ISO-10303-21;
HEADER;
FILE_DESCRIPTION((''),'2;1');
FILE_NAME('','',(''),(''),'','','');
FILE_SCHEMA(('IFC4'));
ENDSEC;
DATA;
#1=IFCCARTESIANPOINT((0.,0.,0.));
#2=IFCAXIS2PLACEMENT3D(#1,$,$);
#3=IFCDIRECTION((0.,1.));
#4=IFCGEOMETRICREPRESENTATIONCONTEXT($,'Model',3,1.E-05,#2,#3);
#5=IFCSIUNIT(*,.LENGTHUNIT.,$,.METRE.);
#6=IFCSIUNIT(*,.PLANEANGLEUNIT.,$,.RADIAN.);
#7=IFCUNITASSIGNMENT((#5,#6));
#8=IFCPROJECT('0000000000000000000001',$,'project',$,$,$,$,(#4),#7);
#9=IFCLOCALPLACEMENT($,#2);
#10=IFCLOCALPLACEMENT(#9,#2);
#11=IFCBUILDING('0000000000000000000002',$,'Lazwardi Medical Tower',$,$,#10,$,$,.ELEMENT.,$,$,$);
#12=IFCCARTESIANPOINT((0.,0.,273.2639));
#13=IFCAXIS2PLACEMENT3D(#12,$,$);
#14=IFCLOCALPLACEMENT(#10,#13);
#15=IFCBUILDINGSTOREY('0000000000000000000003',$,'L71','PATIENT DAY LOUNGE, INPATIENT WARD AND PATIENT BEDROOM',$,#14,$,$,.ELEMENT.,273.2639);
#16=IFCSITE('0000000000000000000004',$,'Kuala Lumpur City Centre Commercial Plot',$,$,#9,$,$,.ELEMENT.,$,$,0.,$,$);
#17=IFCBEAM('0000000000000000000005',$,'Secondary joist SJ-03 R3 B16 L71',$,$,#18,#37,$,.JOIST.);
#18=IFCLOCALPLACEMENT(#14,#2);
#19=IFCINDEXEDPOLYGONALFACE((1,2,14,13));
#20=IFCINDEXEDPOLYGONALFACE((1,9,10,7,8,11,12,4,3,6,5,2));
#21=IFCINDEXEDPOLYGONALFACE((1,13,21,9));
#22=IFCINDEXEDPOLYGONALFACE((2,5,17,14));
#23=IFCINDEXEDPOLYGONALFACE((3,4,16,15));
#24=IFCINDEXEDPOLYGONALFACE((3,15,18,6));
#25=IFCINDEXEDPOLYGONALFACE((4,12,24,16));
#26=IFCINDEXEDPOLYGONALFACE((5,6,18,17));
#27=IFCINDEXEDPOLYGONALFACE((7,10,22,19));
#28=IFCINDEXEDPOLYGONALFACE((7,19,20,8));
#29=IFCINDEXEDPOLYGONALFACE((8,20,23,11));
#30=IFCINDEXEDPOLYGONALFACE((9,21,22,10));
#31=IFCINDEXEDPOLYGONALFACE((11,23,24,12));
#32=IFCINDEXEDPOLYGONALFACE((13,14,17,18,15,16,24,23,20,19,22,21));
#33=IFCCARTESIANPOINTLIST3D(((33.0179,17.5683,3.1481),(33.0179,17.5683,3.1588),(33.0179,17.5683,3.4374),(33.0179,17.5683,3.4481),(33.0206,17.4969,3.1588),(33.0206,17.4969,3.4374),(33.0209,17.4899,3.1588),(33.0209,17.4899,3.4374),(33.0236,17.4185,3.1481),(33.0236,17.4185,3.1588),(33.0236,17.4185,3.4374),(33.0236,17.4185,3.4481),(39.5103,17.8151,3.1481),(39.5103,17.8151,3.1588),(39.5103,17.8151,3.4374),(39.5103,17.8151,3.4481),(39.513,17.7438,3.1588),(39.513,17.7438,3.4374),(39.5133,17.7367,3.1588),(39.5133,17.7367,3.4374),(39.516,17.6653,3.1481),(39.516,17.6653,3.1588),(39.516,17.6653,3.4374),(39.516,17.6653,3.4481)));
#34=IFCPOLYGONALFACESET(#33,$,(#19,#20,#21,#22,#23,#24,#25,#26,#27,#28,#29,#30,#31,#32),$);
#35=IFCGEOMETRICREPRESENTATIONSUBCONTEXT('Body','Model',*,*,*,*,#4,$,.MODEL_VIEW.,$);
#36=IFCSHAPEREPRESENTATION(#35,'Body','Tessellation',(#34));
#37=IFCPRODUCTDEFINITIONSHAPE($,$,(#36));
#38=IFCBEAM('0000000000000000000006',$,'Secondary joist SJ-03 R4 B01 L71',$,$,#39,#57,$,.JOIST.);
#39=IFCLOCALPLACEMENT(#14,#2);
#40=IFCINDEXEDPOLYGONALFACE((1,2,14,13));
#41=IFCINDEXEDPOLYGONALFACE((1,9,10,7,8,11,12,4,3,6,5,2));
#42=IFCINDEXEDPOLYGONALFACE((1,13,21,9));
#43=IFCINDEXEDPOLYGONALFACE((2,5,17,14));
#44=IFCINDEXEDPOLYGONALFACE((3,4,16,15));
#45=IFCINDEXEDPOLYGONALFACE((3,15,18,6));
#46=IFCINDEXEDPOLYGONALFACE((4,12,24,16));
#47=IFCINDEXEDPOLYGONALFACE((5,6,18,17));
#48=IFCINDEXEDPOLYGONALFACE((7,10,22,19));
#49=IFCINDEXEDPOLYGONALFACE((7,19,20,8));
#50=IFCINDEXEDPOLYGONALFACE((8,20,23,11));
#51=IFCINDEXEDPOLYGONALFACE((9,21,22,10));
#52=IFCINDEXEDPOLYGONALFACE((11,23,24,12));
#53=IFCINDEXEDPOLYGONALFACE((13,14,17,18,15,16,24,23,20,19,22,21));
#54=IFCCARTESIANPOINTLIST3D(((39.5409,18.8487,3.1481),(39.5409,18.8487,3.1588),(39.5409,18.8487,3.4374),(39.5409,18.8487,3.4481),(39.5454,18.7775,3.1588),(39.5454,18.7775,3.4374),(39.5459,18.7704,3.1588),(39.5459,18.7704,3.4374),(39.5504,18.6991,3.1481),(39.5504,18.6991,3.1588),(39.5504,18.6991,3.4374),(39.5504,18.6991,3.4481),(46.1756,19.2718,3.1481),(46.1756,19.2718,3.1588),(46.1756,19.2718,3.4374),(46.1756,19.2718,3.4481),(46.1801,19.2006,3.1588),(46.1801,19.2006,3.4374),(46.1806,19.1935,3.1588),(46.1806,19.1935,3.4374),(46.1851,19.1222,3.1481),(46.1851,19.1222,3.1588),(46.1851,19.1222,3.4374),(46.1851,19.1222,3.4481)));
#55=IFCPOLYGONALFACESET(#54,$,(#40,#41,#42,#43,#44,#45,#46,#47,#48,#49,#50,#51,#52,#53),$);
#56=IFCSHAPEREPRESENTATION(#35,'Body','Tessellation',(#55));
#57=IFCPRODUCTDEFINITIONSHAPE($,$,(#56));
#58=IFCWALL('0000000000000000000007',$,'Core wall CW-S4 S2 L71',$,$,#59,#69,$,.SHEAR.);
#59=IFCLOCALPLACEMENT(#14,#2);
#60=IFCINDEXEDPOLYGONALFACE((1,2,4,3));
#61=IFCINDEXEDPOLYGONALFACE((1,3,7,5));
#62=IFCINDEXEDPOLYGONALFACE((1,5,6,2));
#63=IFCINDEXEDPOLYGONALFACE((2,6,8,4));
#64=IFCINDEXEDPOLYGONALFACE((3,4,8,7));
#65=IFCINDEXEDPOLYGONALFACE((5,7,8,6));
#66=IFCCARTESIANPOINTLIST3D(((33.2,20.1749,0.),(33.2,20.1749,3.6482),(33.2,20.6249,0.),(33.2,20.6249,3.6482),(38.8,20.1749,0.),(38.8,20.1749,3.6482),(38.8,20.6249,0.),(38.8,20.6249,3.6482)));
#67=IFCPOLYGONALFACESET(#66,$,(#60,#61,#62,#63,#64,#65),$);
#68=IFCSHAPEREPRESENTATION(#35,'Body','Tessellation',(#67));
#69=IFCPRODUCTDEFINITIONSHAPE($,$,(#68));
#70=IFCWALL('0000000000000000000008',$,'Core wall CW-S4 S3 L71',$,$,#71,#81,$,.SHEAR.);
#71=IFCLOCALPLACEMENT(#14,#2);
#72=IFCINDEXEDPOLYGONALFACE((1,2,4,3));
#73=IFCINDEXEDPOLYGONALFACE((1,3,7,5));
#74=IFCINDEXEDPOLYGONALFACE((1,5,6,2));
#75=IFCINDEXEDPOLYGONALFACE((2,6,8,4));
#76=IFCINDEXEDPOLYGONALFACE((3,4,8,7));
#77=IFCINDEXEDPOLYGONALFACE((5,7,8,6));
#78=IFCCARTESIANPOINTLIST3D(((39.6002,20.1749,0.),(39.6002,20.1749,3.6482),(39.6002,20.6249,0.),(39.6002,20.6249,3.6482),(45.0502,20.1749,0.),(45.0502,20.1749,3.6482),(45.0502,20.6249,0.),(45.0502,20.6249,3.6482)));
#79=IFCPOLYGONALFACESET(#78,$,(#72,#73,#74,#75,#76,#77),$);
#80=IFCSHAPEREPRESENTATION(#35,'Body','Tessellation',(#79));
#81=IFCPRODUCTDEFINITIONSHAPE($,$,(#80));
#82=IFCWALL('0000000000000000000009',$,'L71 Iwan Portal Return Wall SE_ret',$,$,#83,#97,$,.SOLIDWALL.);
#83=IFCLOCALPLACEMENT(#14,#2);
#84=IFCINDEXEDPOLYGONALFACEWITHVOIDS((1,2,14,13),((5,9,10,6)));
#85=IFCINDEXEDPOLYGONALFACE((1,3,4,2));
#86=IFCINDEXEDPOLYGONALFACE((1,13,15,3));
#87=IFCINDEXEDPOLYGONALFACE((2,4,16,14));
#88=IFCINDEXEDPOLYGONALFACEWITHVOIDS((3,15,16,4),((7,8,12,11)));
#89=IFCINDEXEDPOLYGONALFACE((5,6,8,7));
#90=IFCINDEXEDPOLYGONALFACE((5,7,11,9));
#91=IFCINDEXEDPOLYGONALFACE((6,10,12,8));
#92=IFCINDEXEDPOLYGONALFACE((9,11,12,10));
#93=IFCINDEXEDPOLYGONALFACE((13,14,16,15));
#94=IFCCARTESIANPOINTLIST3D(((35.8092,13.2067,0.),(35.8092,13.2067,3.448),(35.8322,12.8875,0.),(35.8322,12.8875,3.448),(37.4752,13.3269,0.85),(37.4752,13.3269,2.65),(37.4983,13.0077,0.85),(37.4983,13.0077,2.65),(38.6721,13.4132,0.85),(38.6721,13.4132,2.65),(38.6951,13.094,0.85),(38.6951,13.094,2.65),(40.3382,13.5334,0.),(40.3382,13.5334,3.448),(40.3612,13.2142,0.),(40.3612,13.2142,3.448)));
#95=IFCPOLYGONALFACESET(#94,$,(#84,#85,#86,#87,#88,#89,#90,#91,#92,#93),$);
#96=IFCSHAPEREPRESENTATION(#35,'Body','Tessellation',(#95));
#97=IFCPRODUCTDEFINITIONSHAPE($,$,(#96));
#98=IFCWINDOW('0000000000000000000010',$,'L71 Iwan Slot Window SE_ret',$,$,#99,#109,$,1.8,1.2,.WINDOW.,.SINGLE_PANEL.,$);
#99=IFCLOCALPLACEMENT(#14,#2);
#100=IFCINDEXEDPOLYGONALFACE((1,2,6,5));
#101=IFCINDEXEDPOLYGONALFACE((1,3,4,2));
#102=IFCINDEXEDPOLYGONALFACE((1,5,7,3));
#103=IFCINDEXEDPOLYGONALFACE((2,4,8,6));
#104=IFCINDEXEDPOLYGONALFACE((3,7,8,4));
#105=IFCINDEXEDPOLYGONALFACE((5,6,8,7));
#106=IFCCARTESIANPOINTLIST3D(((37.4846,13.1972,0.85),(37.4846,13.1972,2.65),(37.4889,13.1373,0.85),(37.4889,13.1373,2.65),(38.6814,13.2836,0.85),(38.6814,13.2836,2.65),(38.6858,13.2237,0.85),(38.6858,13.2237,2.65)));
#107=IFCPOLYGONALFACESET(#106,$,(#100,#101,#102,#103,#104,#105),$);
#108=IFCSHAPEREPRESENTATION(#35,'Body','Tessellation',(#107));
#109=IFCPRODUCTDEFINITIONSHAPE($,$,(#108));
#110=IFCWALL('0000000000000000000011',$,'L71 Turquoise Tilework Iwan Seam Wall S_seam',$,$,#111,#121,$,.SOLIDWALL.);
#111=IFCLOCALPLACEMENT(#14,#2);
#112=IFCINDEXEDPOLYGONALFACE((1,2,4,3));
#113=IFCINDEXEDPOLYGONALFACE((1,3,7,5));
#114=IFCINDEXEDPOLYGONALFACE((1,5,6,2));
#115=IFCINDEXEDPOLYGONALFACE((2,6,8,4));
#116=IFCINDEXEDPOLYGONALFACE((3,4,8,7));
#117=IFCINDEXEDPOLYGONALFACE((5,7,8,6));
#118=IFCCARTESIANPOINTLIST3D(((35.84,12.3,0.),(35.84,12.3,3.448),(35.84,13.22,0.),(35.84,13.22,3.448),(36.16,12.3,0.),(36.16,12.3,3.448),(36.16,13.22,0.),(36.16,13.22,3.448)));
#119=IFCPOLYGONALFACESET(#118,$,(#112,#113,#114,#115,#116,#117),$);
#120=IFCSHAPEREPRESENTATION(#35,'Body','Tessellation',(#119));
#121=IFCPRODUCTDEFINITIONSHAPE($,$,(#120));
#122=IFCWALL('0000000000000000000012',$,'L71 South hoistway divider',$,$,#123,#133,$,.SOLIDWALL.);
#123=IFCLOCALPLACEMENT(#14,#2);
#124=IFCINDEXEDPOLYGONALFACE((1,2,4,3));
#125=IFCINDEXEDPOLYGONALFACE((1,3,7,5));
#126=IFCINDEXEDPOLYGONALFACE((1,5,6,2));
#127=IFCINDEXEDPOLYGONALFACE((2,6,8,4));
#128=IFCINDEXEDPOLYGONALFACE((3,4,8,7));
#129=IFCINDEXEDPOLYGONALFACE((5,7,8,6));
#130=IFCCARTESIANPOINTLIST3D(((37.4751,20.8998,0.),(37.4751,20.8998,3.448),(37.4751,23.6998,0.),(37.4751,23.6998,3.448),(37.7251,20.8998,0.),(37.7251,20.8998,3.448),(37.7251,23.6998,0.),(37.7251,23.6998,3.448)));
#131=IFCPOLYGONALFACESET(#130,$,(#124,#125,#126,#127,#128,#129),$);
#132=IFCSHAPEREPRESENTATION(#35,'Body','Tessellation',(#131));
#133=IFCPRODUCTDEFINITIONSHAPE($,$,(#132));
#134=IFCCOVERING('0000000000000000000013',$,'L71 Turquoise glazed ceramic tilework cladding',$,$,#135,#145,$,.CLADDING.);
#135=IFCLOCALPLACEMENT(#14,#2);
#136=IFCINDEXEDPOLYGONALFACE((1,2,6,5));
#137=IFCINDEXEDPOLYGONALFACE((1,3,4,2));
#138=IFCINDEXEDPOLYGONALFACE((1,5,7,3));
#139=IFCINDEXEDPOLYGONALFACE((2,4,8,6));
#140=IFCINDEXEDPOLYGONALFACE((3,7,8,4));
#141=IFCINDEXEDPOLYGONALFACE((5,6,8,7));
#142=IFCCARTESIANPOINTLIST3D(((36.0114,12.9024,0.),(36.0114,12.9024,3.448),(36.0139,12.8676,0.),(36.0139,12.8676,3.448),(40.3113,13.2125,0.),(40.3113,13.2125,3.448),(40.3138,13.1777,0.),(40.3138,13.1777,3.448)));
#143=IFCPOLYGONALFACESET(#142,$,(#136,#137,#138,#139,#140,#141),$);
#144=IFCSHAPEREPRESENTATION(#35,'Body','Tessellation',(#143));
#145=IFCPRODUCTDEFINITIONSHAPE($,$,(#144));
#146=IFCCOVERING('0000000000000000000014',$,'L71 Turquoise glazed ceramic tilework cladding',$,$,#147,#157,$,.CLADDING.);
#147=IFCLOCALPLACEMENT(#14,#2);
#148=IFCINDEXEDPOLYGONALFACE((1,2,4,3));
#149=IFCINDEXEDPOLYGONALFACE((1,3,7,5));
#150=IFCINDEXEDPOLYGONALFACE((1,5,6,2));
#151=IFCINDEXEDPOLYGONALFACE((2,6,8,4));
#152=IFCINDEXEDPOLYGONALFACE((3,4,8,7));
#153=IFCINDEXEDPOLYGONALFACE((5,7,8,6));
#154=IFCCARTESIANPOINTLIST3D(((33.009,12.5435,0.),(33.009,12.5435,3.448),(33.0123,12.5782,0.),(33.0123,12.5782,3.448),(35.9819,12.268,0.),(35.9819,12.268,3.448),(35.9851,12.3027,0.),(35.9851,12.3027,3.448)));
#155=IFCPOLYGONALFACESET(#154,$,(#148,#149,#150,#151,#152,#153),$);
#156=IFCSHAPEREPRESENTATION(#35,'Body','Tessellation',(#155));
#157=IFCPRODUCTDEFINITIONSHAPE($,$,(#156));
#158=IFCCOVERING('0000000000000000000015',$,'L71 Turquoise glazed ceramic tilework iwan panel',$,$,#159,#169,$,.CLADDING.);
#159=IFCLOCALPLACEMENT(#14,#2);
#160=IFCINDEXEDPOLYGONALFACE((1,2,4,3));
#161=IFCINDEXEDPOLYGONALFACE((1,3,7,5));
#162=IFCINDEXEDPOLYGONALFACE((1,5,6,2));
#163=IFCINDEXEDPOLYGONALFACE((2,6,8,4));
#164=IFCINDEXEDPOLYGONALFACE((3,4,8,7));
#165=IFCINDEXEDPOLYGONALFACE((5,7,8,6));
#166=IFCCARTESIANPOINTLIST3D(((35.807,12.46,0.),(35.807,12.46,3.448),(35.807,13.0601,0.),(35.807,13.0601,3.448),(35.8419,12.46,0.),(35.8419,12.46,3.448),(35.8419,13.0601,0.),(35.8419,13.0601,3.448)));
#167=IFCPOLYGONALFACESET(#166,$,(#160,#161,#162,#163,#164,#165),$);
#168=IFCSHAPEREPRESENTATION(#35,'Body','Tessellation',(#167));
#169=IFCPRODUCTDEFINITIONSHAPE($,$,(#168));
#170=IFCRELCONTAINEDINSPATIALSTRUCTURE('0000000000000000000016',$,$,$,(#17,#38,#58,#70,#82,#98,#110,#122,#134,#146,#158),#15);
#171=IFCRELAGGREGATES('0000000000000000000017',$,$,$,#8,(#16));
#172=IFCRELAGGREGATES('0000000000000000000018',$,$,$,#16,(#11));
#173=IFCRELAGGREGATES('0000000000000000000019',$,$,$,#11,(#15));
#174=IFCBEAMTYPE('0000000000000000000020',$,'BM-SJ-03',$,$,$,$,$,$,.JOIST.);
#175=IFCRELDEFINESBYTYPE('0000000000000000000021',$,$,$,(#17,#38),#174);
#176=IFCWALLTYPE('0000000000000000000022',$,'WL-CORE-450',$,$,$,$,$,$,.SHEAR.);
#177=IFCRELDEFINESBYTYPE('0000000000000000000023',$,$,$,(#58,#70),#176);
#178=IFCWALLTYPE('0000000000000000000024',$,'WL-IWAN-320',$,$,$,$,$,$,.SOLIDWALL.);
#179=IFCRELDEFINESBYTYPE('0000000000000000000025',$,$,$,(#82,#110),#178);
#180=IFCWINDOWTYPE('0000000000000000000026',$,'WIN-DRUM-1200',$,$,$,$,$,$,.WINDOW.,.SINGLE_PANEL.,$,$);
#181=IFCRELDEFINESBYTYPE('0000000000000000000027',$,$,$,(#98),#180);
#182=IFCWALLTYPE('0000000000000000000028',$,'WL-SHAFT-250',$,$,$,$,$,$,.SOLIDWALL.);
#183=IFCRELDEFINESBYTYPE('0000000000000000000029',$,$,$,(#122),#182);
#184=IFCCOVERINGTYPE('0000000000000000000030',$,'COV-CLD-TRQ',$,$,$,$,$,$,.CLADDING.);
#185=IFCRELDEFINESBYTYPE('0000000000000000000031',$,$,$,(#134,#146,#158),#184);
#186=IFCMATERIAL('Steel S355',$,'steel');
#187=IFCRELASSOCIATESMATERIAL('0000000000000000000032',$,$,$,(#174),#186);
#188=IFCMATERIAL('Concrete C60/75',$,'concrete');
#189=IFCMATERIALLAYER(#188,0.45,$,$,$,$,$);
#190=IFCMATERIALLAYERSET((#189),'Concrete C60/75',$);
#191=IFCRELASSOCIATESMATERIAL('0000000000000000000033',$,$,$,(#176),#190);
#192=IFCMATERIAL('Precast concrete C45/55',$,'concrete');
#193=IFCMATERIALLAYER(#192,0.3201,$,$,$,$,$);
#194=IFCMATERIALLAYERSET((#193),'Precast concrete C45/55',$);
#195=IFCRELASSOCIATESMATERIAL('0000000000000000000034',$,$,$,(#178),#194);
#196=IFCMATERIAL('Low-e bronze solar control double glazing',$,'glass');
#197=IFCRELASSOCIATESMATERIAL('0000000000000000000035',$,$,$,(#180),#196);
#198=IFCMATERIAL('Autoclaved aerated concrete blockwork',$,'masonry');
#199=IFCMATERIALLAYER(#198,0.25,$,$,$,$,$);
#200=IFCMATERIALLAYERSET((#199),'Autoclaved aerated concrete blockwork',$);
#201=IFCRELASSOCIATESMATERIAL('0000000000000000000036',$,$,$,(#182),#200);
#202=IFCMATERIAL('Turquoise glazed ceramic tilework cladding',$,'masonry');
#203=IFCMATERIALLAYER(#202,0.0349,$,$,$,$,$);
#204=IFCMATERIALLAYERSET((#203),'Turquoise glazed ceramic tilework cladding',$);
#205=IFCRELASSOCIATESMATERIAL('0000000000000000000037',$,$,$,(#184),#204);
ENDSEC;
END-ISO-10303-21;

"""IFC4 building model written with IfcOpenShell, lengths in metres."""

from ifc_helpers import new_model, si_unit, direction, frame, frame_2d, origin, origin_2d, place, context, subcontext, project, spatial, rectangle, i_section, extrude, material, layer, layer_set, material_profile, profile_set, type_object, element, fill, save


model = new_model("IFC4")

# Units and contexts
model_context = context("Model", 3, precision=1e-05, world=origin(), true_north=direction((0.0, 1.0)))
body_context = subcontext(model_context, "Body", "Model", "MODEL_VIEW")
ifc_project = project(units=[si_unit("LENGTHUNIT", "METRE"), si_unit("PLANEANGLEUNIT", "RADIAN")], contexts=[model_context])

# Site, building, storey
site_placement = place(None, origin())
site = spatial("IfcSite", under=ifc_project, at=site_placement, Name="Kuala Lumpur City Centre Commercial Plot", CompositionType="ELEMENT", RefElevation=0.0)
building_placement = place(site_placement, origin())
building = spatial("IfcBuilding", under=site, at=building_placement, Name="Lazwardi Medical Tower", CompositionType="ELEMENT")
storey_placement = place(building_placement, frame((0.0, 0.0, 273.2639)))
storey = spatial("IfcBuildingStorey", under=building, at=storey_placement, Name="L71", Description="PATIENT DAY LOUNGE, INPATIENT WARD AND PATIENT BEDROOM", CompositionType="ELEMENT", Elevation=273.2639)

# Shared definitions
ifc_material_1 = material(Name="Concrete C60/75", Category="concrete")

# Beams
ifc_material_2 = material(Name="Steel S355", Category="steel")
ifc_material_profile_1 = material_profile(ifc_material_2, i_section(OverallWidth=0.1499, OverallDepth=0.3, WebThickness=0.0071, FlangeThickness=0.0107, at=origin_2d()), Name="IPE 300")
ifc_profile_set_1 = profile_set([ifc_material_profile_1], Name="Steel S355")
beam_type_1 = type_object("IfcBeamType", Name="BM-SJ-03", PredefinedType="JOIST", material=ifc_profile_set_1)
beam_1_placement = place(storey_placement, frame((33.0208, 17.4934, 3.2981), z_axis=(0.999278, 0.03799, 0.0), x_axis=(-0.03799, 0.999278, 0.0)))
element("IfcBeam", 1, at=beam_1_placement, inside=storey, type_object=beam_type_1, Name="Secondary joist SJ-03 R3 B16 L71", PredefinedType="JOIST", context=body_context, shape_type="SweptSolid", body=[
    extrude(i_section(OverallWidth=0.1499, OverallDepth=0.3, WebThickness=0.0071, FlangeThickness=0.0107, at=origin_2d()), origin(), (0.0, 0.0, 1.0), 6.4971),
])
beam_2_placement = place(storey_placement, frame((39.5457, 18.7739, 3.2981), z_axis=(0.997973, 0.06364, 0.0), x_axis=(-0.06364, 0.997973, 0.0)))
element("IfcBeam", 2, at=beam_2_placement, inside=storey, type_object=beam_type_1, Name="Secondary joist SJ-03 R4 B01 L71", PredefinedType="JOIST", context=body_context, shape_type="SweptSolid", body=[
    extrude(i_section(OverallWidth=0.1499, OverallDepth=0.3, WebThickness=0.0071, FlangeThickness=0.0107, at=origin_2d()), origin(), (0.0, 0.0, 1.0), 6.6482),
])

# Walls
ifc_layer_1 = layer(ifc_material_1, 0.45)
ifc_layer_set_1 = layer_set([ifc_layer_1], Name="Concrete C60/75")
wall_type_1 = type_object("IfcWallType", Name="WL-CORE-450", PredefinedType="SHEAR", material=ifc_layer_set_1)
wall_1_placement = place(storey_placement, frame((33.2, 20.3999, 0.0), z_axis=(0.0, 0.0, 1.0), x_axis=(1.0, 0.0, 0.0)))
element("IfcWall", 3, at=wall_1_placement, inside=storey, type_object=wall_type_1, Name="Core wall CW-S4 S2 L71", PredefinedType="SHEAR", context=body_context, shape_type="SweptSolid", body=[
    extrude(rectangle(XDim=5.6001, YDim=0.45, at=frame_2d((2.8, 0.0))), origin(), (0.0, 0.0, 1.0), 3.6482),
])
wall_2_placement = place(storey_placement, frame((39.6001, 20.3999, 0.0), z_axis=(0.0, 0.0, 1.0), x_axis=(1.0, 0.0, 0.0)))
element("IfcWall", 4, at=wall_2_placement, inside=storey, type_object=wall_type_1, Name="Core wall CW-S4 S3 L71", PredefinedType="SHEAR", context=body_context, shape_type="SweptSolid", body=[
    extrude(rectangle(XDim=5.45, YDim=0.45, at=frame_2d((2.7251, 0.0))), origin(), (0.0, 0.0, 1.0), 3.6482),
])

# Wall, opening, window
ifc_material_3 = material(Name="Precast concrete C45/55", Category="concrete")
ifc_layer_2 = layer(ifc_material_3, 0.3201)
ifc_layer_set_2 = layer_set([ifc_layer_2], Name="Precast concrete C45/55")
wall_type_2 = type_object("IfcWallType", Name="WL-IWAN-320", PredefinedType="SOLIDWALL", material=ifc_layer_set_2)
wall_3_placement = place(storey_placement, frame((35.8206, 13.0471, 0.0), z_axis=(0.0, 0.0, 1.0), x_axis=(0.997409, 0.071939, 0.0)))
wall_3 = element("IfcWall", 5, at=wall_3_placement, inside=storey, type_object=wall_type_2, Name="L71 Iwan Portal Return Wall SE_ret", PredefinedType="SOLIDWALL", context=body_context, shape_type="SweptSolid", body=[
    extrude(rectangle(XDim=4.5408, YDim=0.3201, at=frame_2d((2.2705, 0.0))), origin(), (0.0, 0.0, 1.0), 3.448),
])
opening_placement = place(wall_3_placement, frame((1.6704, 0.0, 0.8501)))
opening = element("IfcOpeningElement", 6, at=opening_placement, cuts=wall_3, PredefinedType="OPENING", context=body_context, shape_type="SweptSolid", body=[
    extrude(rectangle(XDim=1.2, YDim=1.8, at=frame_2d((0.6001, 0.8999))), frame((0.0, 0.1699, 0.0), z_axis=(0.0, -1.0, 0.0), x_axis=(1.0, 0.0, 0.0)), (0.0, 0.0, 1.0), 0.3401),
])
ifc_material_4 = material(Name="Low-e bronze solar control double glazing", Category="glass")
window_type = type_object("IfcWindowType", Name="WIN-DRUM-1200", PartitioningType="SINGLE_PANEL", PredefinedType="WINDOW", material=ifc_material_4)
window_placement = place(opening_placement, origin())
window = element("IfcWindow", 7, at=window_placement, inside=storey, type_object=window_type, Name="L71 Iwan Slot Window SE_ret", OverallHeight=1.8, OverallWidth=1.2, PartitioningType="SINGLE_PANEL", PredefinedType="WINDOW", context=body_context, shape_type="SweptSolid", body=[
    extrude(rectangle(XDim=1.2, YDim=1.8, at=frame_2d((0.6001, 0.8999))), frame((0.0, 0.03, 0.0), z_axis=(0.0, -1.0, 0.0), x_axis=(1.0, 0.0, 0.0)), (0.0, 0.0, 1.0), 0.0601),
])
fill(opening, window)

# Walls
wall_4_placement = place(storey_placement, frame((36.0, 12.3, 0.0), z_axis=(0.0, 0.0, 1.0), x_axis=(0.0, 1.0, 0.0)))
element("IfcWall", 8, at=wall_4_placement, inside=storey, type_object=wall_type_2, Name="L71 Turquoise Tilework Iwan Seam Wall S_seam", PredefinedType="SOLIDWALL", context=body_context, shape_type="SweptSolid", body=[
    extrude(rectangle(XDim=0.9199, YDim=0.3201, at=frame_2d((0.46, 0.0))), origin(), (0.0, 0.0, 1.0), 3.448),
])
ifc_material_5 = material(Name="Autoclaved aerated concrete blockwork", Category="masonry")
ifc_layer_3 = layer(ifc_material_5, 0.25)
ifc_layer_set_3 = layer_set([ifc_layer_3], Name="Autoclaved aerated concrete blockwork")
wall_type_3 = type_object("IfcWallType", Name="WL-SHAFT-250", PredefinedType="SOLIDWALL", material=ifc_layer_set_3)
wall_5_placement = place(storey_placement, frame((37.6001, 20.8999, 0.0), z_axis=(0.0, 0.0, 1.0), x_axis=(0.0, 1.0, 0.0)))
element("IfcWall", 9, at=wall_5_placement, inside=storey, type_object=wall_type_3, Name="L71 South hoistway divider", PredefinedType="SOLIDWALL", context=body_context, shape_type="SweptSolid", body=[
    extrude(rectangle(XDim=2.8, YDim=0.25, at=frame_2d((1.3999, 0.0))), origin(), (0.0, 0.0, 1.0), 3.448),
])

# Coverings
ifc_material_6 = material(Name="Turquoise glazed ceramic tilework cladding", Category="masonry")
ifc_layer_4 = layer(ifc_material_6, 0.0349)
ifc_layer_set_4 = layer_set([ifc_layer_4], Name="Turquoise glazed ceramic tilework cladding")
covering_type = type_object("IfcCoveringType", Name="COV-CLD-TRQ", PredefinedType="CLADDING", material=ifc_layer_set_4)
covering_1_placement = place(storey_placement, frame((38.1626, 13.04, 0.0), z_axis=(0.0, 0.0, 1.0), x_axis=(0.997409, 0.071933, 0.0)))
element("IfcCovering", 10, at=covering_1_placement, inside=storey, type_object=covering_type, Name="L71 Turquoise glazed ceramic tilework cladding", PredefinedType="CLADDING", context=body_context, shape_type="SweptSolid", body=[
    extrude(rectangle(XDim=4.311, YDim=0.0349, at=origin_2d()), origin(), (0.0, 0.0, 1.0), 3.448),
])
covering_2_placement = place(storey_placement, frame((34.4971, 12.4231, 0.0), z_axis=(0.0, 0.0, 1.0), x_axis=(0.995734, -0.092275, 0.0)))
element("IfcCovering", 11, at=covering_2_placement, inside=storey, type_object=covering_type, Name="L71 Turquoise glazed ceramic tilework cladding", PredefinedType="CLADDING", context=body_context, shape_type="SweptSolid", body=[
    extrude(rectangle(XDim=2.9856, YDim=0.0349, at=origin_2d()), origin(), (0.0, 0.0, 1.0), 3.448),
])
covering_3_placement = place(storey_placement, frame((35.8245, 12.76, 0.0), z_axis=(0.0, 0.0, 1.0), x_axis=(0.0, 1.0, 0.0)))
element("IfcCovering", 12, at=covering_3_placement, inside=storey, type_object=covering_type, Name="L71 Turquoise glazed ceramic tilework iwan panel", PredefinedType="CLADDING", context=body_context, shape_type="SweptSolid", body=[
    extrude(rectangle(XDim=0.6001, YDim=0.0349, at=origin_2d()), origin(), (0.0, 0.0, 1.0), 3.448),
])

save(model, "model.ifc")
